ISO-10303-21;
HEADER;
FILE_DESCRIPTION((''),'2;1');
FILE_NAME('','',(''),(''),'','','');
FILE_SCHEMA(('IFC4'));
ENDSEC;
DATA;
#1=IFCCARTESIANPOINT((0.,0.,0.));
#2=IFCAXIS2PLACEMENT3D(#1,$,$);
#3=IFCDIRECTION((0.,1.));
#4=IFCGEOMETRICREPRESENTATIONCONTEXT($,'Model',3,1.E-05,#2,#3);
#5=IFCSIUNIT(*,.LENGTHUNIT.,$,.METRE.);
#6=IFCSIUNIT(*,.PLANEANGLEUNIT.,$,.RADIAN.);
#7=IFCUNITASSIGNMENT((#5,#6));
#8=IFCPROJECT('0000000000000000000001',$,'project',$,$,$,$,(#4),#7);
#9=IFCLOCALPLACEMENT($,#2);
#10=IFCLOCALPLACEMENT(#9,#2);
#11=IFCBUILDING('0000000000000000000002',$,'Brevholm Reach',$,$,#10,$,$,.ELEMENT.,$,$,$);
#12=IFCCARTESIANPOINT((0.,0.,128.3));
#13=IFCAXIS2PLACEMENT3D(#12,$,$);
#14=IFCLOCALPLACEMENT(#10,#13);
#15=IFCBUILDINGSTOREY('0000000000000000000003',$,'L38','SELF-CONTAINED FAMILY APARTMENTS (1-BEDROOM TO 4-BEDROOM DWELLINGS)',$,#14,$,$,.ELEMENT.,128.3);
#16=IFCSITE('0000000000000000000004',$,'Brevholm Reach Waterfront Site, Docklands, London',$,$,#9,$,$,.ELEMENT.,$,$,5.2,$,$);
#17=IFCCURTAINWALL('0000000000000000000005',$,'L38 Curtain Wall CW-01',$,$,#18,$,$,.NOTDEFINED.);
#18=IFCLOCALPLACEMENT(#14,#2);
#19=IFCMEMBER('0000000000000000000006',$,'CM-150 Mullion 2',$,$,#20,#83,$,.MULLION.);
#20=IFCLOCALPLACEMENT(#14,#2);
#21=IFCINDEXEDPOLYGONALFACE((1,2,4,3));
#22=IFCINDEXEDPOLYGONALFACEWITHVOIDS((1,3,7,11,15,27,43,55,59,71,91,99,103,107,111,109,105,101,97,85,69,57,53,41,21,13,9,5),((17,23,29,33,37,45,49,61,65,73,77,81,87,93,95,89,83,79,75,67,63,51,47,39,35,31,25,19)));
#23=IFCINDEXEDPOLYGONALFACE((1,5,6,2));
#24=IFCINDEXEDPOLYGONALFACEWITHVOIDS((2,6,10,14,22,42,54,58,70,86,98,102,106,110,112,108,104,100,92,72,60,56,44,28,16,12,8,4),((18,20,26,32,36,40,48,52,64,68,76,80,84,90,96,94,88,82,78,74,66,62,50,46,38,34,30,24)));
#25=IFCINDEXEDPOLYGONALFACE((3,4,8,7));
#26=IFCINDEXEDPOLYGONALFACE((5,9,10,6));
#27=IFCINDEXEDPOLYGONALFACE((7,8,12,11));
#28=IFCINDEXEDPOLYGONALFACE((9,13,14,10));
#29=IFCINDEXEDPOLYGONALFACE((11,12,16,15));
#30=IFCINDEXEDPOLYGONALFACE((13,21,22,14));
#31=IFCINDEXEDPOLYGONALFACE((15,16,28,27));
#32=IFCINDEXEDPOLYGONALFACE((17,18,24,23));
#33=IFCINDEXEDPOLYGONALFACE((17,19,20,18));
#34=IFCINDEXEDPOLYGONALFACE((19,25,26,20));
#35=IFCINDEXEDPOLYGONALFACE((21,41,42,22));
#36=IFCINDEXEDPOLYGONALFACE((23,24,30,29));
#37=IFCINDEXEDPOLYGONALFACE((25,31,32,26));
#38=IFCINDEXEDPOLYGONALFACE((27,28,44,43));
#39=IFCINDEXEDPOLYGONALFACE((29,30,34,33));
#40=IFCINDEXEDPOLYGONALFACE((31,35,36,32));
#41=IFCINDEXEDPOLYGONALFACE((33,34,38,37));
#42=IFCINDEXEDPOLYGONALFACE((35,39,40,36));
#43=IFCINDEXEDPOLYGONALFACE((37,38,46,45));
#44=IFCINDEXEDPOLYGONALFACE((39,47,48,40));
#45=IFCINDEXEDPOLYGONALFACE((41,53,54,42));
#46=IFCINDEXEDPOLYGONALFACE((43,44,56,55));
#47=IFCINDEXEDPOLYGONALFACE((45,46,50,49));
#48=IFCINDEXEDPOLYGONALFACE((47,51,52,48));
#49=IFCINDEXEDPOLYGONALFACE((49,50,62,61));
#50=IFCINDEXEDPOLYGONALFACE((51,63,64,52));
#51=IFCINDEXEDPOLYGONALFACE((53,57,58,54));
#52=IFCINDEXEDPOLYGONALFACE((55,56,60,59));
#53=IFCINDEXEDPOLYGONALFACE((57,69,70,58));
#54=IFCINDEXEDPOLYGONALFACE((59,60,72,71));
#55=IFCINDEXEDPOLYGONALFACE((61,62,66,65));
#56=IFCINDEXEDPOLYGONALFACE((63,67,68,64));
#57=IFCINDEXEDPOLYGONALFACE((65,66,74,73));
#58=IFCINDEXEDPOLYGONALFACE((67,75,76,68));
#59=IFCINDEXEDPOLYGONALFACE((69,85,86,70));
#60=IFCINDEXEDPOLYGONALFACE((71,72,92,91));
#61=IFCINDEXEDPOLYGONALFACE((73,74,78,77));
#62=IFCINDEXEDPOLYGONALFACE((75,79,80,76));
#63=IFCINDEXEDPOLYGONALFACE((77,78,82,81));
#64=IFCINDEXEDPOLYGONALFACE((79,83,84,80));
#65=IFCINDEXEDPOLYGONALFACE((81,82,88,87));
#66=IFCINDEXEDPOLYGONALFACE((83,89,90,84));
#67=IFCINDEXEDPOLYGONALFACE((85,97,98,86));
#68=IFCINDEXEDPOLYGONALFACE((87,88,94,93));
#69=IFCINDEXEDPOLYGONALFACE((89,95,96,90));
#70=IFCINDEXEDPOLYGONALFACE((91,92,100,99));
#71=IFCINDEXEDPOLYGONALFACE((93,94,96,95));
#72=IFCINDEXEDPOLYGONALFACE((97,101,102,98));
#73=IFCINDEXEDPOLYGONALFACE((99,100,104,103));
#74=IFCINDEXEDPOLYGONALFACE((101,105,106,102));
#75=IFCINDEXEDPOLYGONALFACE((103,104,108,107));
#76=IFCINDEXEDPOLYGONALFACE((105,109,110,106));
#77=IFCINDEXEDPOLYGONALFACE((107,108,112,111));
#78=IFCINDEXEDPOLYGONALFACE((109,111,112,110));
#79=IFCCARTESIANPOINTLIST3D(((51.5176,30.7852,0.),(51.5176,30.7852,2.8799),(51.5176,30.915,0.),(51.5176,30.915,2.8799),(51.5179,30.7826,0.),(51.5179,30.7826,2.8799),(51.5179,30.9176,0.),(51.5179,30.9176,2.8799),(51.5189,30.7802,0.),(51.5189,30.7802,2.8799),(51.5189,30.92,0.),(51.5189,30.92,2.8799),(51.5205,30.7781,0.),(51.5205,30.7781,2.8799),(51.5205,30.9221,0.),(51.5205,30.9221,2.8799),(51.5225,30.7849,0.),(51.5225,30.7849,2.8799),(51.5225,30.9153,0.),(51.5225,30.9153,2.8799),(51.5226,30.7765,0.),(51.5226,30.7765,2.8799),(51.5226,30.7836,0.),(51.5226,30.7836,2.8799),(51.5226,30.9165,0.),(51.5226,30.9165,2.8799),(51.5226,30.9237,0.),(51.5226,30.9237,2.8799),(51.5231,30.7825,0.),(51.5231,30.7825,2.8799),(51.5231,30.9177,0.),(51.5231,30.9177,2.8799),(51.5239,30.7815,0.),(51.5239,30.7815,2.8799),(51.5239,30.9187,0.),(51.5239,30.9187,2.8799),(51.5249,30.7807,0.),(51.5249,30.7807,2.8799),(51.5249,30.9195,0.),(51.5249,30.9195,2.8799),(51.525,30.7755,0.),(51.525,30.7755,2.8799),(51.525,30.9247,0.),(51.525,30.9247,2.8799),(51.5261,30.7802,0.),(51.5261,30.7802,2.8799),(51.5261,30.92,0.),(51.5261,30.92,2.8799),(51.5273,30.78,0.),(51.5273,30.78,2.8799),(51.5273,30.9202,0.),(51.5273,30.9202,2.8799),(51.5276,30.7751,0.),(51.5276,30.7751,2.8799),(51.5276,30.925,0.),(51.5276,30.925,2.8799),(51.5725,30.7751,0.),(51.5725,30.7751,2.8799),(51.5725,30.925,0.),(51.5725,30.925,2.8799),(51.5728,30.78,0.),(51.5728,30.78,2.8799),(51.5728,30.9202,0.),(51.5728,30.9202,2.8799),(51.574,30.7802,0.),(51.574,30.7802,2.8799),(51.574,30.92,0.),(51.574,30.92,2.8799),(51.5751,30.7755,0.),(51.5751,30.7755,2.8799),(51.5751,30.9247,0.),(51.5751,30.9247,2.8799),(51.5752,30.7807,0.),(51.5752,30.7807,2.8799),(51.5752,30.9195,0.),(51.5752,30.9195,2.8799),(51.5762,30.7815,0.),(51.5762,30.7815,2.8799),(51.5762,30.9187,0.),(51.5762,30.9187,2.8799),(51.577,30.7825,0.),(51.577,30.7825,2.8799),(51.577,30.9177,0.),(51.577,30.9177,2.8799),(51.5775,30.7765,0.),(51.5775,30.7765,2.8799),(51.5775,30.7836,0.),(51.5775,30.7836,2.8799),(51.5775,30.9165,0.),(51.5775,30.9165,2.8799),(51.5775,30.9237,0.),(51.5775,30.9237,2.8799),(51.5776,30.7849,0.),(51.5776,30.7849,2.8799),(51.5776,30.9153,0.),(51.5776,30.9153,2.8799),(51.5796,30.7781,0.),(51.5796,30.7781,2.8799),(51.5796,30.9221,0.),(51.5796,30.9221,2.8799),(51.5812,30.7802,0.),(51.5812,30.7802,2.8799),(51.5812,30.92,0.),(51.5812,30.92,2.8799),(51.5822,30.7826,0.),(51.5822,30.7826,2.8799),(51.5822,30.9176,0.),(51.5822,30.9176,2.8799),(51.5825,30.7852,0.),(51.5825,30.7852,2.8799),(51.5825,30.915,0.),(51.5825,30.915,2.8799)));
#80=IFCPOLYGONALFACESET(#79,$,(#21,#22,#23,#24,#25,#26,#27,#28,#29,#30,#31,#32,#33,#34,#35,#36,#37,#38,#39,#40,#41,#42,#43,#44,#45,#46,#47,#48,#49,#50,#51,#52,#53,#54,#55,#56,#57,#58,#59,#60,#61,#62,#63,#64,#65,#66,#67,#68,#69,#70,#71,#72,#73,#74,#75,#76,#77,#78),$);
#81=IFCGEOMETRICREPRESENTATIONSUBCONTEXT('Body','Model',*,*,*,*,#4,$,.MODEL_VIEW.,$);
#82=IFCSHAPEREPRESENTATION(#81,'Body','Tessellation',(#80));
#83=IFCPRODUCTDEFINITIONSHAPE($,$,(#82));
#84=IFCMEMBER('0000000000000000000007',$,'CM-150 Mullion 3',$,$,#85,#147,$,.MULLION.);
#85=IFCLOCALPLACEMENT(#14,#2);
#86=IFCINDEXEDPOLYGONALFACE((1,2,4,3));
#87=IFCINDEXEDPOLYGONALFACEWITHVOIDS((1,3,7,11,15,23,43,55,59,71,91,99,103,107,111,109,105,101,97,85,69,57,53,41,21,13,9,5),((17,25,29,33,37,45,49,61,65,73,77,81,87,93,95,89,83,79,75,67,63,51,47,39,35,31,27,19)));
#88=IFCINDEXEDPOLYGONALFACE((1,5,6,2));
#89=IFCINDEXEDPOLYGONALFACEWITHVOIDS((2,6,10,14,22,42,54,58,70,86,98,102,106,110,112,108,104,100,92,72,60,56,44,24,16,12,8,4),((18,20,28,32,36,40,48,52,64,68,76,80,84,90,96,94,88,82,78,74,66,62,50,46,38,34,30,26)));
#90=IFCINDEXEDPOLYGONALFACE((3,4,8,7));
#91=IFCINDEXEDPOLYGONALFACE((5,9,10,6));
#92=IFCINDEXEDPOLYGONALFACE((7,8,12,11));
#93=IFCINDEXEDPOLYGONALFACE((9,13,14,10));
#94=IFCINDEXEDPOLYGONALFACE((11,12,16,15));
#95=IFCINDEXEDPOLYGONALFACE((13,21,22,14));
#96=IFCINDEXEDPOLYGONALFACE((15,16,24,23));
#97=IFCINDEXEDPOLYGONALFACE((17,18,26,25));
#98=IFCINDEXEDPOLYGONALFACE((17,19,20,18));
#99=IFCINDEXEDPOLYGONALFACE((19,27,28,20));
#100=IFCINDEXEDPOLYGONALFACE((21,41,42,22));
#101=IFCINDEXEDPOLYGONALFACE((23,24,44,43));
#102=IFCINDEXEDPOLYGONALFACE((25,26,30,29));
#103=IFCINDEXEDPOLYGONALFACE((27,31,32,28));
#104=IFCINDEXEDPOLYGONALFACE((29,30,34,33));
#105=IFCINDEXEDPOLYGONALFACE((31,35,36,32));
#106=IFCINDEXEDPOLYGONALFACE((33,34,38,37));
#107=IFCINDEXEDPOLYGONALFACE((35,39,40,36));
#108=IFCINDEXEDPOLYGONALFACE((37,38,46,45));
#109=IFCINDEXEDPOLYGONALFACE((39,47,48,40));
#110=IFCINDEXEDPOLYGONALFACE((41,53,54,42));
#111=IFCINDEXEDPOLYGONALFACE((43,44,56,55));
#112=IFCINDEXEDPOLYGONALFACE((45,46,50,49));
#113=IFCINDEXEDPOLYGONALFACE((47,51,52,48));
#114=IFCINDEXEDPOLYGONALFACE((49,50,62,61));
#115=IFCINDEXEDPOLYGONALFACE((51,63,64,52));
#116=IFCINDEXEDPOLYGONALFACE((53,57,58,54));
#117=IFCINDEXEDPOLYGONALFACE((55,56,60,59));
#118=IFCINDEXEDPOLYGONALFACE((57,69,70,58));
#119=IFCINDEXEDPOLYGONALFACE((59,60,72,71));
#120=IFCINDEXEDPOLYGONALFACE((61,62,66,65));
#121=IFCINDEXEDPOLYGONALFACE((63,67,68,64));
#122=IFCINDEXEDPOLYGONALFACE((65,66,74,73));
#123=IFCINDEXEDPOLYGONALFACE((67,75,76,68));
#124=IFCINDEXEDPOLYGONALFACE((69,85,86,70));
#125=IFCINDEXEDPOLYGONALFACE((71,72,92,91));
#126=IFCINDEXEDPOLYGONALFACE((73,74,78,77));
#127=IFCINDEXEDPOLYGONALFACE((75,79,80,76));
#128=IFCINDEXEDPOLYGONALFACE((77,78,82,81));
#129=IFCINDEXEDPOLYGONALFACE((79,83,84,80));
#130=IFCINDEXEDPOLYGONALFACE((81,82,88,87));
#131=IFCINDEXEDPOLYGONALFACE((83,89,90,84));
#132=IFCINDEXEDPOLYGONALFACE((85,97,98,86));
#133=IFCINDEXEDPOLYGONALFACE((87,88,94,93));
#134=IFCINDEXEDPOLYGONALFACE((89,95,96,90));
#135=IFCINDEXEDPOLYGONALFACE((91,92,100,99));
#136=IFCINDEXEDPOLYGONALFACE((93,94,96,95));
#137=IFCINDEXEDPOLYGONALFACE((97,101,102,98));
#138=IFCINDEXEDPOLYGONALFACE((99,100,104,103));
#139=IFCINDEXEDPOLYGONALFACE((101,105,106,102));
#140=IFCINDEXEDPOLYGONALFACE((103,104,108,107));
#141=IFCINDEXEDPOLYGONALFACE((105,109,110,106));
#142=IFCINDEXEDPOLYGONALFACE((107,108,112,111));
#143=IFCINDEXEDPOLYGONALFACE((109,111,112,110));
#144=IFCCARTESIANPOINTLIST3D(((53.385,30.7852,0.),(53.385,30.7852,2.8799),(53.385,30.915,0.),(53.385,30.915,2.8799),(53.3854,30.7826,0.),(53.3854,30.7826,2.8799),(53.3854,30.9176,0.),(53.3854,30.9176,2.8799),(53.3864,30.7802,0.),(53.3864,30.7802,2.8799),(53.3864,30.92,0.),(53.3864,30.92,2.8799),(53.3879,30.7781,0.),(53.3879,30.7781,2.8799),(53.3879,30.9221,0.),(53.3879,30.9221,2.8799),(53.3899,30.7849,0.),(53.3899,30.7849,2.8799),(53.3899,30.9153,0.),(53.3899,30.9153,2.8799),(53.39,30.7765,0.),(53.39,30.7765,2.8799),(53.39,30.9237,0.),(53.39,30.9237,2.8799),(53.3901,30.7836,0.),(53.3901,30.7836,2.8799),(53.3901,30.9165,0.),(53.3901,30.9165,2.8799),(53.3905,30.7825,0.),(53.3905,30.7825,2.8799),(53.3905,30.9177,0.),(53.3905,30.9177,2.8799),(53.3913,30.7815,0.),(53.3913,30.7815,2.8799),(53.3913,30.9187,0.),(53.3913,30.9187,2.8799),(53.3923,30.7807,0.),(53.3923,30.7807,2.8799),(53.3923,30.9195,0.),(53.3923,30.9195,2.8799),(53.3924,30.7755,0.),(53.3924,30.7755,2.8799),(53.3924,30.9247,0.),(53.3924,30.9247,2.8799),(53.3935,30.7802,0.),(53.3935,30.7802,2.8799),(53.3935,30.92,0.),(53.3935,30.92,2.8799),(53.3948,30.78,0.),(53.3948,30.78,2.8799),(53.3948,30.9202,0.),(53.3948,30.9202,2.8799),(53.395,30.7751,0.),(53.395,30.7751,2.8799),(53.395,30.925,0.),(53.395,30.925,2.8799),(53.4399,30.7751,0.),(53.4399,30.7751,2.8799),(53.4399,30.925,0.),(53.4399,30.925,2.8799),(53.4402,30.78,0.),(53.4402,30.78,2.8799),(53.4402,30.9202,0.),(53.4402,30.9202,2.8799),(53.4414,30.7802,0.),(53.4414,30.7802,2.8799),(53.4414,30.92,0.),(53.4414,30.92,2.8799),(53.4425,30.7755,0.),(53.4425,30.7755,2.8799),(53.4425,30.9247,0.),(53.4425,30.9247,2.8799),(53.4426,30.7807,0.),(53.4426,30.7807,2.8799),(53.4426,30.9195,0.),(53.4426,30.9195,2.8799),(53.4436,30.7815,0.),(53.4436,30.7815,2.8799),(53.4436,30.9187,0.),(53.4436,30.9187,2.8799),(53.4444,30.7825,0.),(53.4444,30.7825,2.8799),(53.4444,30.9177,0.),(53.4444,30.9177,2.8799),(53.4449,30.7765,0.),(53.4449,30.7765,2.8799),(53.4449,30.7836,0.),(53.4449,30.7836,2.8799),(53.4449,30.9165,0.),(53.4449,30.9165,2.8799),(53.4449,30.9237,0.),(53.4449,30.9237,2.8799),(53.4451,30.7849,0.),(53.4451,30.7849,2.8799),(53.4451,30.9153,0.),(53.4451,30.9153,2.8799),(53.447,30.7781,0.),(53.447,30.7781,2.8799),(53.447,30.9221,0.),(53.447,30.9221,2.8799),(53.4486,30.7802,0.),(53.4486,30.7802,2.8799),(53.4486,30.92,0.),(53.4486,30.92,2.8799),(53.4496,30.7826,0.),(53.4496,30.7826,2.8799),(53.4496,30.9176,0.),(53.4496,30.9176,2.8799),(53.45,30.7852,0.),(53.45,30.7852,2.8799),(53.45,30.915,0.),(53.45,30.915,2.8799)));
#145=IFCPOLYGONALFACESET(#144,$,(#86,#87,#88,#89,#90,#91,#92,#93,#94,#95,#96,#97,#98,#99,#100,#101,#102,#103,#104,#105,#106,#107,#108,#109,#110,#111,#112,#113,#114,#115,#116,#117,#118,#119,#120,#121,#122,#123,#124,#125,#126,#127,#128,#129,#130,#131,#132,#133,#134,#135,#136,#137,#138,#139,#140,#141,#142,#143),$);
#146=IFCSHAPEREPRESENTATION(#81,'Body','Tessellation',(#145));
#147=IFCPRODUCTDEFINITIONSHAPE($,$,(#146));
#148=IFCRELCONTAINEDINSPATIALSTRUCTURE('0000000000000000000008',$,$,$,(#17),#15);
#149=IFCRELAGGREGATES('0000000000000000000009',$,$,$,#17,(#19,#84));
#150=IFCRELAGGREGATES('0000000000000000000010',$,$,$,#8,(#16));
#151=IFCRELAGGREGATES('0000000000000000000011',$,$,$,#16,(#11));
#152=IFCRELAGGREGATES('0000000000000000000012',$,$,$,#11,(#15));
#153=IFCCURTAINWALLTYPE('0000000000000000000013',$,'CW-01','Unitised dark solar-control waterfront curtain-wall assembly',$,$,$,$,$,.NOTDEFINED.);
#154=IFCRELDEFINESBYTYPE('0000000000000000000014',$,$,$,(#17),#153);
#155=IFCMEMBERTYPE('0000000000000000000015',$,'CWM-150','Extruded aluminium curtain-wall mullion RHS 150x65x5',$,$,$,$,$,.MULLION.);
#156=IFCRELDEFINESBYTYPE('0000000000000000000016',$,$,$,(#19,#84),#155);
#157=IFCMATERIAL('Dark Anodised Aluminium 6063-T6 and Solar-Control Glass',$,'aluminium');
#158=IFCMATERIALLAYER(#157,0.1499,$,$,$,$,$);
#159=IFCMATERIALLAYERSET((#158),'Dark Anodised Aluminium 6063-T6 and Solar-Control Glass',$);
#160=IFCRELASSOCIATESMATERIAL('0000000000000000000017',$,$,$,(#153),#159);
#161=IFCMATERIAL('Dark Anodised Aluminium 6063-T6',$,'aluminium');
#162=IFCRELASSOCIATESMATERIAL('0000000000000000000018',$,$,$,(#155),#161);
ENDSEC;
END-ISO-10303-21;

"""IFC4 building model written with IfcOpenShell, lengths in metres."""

from ifc_helpers import new_model, si_unit, direction, frame, origin, origin_2d, place, context, subcontext, project, spatial, hollow_rectangle, extrude, material, layer, layer_set, material_profile, profile_set, type_object, element, aggregate, save


model = new_model("IFC4")

# Units and contexts
model_context = context("Model", 3, precision=1e-05, world=origin(), true_north=direction((0.0, 1.0)))
body_context = subcontext(model_context, "Body", "Model", "MODEL_VIEW")
ifc_project = project(units=[si_unit("LENGTHUNIT", "METRE"), si_unit("PLANEANGLEUNIT", "RADIAN")], contexts=[model_context])

# Site, building, storey
site_placement = place(None, origin())
site = spatial("IfcSite", under=ifc_project, at=site_placement, Name="Brevholm Reach Waterfront Site, Docklands, London", CompositionType="ELEMENT", RefElevation=5.2)
building_placement = place(site_placement, origin())
building = spatial("IfcBuilding", under=site, at=building_placement, Name="Brevholm Reach", CompositionType="ELEMENT")
storey_placement = place(building_placement, frame((0.0, 0.0, 128.3)))
storey = spatial("IfcBuildingStorey", under=building, at=storey_placement, Name="L38", Description="SELF-CONTAINED FAMILY APARTMENTS (1-BEDROOM TO 4-BEDROOM DWELLINGS)", CompositionType="ELEMENT", Elevation=128.3)

# Curtain wall, members
ifc_material_1 = material(Name="Dark Anodised Aluminium 6063-T6 and Solar-Control Glass", Category="aluminium")
ifc_layer_1 = layer(ifc_material_1, 0.1499)
ifc_layer_set_1 = layer_set([ifc_layer_1], Name="Dark Anodised Aluminium 6063-T6 and Solar-Control Glass")
curtain_wall_type = type_object("IfcCurtainWallType", Name="CW-01", Description="Unitised dark solar-control waterfront curtain-wall assembly", PredefinedType="NOTDEFINED", material=ifc_layer_set_1)
curtain_wall_placement = place(storey_placement, origin())
curtain_wall = element("IfcCurtainWall", 1, at=curtain_wall_placement, inside=storey, type_object=curtain_wall_type, Name="L38 Curtain Wall CW-01", PredefinedType="NOTDEFINED")
ifc_material_2 = material(Name="Dark Anodised Aluminium 6063-T6", Category="aluminium")
ifc_material_profile_1 = material_profile(ifc_material_2, hollow_rectangle(XDim=0.0649, YDim=0.1499, WallThickness=0.0049, InnerFilletRadius=0.0049, OuterFilletRadius=0.01, at=origin_2d()), Name="RHS 150x65x5")
ifc_profile_set_1 = profile_set([ifc_material_profile_1], Name="Dark Anodised Aluminium 6063-T6")
member_type_1 = type_object("IfcMemberType", Name="CWM-150", Description="Extruded aluminium curtain-wall mullion RHS 150x65x5", PredefinedType="MULLION", material=ifc_profile_set_1)
member_1_placement = place(storey_placement, frame((51.55, 30.8501, 0.0), z_axis=(0.0, 0.0, 1.0), x_axis=(1.0, 0.0, 0.0)))
member_1 = element("IfcMember", 2, at=member_1_placement, type_object=member_type_1, Name="CM-150 Mullion 2", PredefinedType="MULLION", context=body_context, shape_type="SweptSolid", body=[
    extrude(hollow_rectangle(XDim=0.0649, YDim=0.1499, WallThickness=0.0049, InnerFilletRadius=0.0049, OuterFilletRadius=0.01, at=origin_2d()), origin(), (0.0, 0.0, 1.0), 2.8799),
])
member_2_placement = place(storey_placement, frame((53.4175, 30.8501, 0.0), z_axis=(0.0, 0.0, 1.0), x_axis=(1.0, 0.0, 0.0)))
member_2 = element("IfcMember", 3, at=member_2_placement, type_object=member_type_1, Name="CM-150 Mullion 3", PredefinedType="MULLION", context=body_context, shape_type="SweptSolid", body=[
    extrude(hollow_rectangle(XDim=0.0649, YDim=0.1499, WallThickness=0.0049, InnerFilletRadius=0.0049, OuterFilletRadius=0.01, at=origin_2d()), origin(), (0.0, 0.0, 1.0), 2.8799),
])
aggregate(curtain_wall, [member_1, member_2])

save(model, "model.ifc")
